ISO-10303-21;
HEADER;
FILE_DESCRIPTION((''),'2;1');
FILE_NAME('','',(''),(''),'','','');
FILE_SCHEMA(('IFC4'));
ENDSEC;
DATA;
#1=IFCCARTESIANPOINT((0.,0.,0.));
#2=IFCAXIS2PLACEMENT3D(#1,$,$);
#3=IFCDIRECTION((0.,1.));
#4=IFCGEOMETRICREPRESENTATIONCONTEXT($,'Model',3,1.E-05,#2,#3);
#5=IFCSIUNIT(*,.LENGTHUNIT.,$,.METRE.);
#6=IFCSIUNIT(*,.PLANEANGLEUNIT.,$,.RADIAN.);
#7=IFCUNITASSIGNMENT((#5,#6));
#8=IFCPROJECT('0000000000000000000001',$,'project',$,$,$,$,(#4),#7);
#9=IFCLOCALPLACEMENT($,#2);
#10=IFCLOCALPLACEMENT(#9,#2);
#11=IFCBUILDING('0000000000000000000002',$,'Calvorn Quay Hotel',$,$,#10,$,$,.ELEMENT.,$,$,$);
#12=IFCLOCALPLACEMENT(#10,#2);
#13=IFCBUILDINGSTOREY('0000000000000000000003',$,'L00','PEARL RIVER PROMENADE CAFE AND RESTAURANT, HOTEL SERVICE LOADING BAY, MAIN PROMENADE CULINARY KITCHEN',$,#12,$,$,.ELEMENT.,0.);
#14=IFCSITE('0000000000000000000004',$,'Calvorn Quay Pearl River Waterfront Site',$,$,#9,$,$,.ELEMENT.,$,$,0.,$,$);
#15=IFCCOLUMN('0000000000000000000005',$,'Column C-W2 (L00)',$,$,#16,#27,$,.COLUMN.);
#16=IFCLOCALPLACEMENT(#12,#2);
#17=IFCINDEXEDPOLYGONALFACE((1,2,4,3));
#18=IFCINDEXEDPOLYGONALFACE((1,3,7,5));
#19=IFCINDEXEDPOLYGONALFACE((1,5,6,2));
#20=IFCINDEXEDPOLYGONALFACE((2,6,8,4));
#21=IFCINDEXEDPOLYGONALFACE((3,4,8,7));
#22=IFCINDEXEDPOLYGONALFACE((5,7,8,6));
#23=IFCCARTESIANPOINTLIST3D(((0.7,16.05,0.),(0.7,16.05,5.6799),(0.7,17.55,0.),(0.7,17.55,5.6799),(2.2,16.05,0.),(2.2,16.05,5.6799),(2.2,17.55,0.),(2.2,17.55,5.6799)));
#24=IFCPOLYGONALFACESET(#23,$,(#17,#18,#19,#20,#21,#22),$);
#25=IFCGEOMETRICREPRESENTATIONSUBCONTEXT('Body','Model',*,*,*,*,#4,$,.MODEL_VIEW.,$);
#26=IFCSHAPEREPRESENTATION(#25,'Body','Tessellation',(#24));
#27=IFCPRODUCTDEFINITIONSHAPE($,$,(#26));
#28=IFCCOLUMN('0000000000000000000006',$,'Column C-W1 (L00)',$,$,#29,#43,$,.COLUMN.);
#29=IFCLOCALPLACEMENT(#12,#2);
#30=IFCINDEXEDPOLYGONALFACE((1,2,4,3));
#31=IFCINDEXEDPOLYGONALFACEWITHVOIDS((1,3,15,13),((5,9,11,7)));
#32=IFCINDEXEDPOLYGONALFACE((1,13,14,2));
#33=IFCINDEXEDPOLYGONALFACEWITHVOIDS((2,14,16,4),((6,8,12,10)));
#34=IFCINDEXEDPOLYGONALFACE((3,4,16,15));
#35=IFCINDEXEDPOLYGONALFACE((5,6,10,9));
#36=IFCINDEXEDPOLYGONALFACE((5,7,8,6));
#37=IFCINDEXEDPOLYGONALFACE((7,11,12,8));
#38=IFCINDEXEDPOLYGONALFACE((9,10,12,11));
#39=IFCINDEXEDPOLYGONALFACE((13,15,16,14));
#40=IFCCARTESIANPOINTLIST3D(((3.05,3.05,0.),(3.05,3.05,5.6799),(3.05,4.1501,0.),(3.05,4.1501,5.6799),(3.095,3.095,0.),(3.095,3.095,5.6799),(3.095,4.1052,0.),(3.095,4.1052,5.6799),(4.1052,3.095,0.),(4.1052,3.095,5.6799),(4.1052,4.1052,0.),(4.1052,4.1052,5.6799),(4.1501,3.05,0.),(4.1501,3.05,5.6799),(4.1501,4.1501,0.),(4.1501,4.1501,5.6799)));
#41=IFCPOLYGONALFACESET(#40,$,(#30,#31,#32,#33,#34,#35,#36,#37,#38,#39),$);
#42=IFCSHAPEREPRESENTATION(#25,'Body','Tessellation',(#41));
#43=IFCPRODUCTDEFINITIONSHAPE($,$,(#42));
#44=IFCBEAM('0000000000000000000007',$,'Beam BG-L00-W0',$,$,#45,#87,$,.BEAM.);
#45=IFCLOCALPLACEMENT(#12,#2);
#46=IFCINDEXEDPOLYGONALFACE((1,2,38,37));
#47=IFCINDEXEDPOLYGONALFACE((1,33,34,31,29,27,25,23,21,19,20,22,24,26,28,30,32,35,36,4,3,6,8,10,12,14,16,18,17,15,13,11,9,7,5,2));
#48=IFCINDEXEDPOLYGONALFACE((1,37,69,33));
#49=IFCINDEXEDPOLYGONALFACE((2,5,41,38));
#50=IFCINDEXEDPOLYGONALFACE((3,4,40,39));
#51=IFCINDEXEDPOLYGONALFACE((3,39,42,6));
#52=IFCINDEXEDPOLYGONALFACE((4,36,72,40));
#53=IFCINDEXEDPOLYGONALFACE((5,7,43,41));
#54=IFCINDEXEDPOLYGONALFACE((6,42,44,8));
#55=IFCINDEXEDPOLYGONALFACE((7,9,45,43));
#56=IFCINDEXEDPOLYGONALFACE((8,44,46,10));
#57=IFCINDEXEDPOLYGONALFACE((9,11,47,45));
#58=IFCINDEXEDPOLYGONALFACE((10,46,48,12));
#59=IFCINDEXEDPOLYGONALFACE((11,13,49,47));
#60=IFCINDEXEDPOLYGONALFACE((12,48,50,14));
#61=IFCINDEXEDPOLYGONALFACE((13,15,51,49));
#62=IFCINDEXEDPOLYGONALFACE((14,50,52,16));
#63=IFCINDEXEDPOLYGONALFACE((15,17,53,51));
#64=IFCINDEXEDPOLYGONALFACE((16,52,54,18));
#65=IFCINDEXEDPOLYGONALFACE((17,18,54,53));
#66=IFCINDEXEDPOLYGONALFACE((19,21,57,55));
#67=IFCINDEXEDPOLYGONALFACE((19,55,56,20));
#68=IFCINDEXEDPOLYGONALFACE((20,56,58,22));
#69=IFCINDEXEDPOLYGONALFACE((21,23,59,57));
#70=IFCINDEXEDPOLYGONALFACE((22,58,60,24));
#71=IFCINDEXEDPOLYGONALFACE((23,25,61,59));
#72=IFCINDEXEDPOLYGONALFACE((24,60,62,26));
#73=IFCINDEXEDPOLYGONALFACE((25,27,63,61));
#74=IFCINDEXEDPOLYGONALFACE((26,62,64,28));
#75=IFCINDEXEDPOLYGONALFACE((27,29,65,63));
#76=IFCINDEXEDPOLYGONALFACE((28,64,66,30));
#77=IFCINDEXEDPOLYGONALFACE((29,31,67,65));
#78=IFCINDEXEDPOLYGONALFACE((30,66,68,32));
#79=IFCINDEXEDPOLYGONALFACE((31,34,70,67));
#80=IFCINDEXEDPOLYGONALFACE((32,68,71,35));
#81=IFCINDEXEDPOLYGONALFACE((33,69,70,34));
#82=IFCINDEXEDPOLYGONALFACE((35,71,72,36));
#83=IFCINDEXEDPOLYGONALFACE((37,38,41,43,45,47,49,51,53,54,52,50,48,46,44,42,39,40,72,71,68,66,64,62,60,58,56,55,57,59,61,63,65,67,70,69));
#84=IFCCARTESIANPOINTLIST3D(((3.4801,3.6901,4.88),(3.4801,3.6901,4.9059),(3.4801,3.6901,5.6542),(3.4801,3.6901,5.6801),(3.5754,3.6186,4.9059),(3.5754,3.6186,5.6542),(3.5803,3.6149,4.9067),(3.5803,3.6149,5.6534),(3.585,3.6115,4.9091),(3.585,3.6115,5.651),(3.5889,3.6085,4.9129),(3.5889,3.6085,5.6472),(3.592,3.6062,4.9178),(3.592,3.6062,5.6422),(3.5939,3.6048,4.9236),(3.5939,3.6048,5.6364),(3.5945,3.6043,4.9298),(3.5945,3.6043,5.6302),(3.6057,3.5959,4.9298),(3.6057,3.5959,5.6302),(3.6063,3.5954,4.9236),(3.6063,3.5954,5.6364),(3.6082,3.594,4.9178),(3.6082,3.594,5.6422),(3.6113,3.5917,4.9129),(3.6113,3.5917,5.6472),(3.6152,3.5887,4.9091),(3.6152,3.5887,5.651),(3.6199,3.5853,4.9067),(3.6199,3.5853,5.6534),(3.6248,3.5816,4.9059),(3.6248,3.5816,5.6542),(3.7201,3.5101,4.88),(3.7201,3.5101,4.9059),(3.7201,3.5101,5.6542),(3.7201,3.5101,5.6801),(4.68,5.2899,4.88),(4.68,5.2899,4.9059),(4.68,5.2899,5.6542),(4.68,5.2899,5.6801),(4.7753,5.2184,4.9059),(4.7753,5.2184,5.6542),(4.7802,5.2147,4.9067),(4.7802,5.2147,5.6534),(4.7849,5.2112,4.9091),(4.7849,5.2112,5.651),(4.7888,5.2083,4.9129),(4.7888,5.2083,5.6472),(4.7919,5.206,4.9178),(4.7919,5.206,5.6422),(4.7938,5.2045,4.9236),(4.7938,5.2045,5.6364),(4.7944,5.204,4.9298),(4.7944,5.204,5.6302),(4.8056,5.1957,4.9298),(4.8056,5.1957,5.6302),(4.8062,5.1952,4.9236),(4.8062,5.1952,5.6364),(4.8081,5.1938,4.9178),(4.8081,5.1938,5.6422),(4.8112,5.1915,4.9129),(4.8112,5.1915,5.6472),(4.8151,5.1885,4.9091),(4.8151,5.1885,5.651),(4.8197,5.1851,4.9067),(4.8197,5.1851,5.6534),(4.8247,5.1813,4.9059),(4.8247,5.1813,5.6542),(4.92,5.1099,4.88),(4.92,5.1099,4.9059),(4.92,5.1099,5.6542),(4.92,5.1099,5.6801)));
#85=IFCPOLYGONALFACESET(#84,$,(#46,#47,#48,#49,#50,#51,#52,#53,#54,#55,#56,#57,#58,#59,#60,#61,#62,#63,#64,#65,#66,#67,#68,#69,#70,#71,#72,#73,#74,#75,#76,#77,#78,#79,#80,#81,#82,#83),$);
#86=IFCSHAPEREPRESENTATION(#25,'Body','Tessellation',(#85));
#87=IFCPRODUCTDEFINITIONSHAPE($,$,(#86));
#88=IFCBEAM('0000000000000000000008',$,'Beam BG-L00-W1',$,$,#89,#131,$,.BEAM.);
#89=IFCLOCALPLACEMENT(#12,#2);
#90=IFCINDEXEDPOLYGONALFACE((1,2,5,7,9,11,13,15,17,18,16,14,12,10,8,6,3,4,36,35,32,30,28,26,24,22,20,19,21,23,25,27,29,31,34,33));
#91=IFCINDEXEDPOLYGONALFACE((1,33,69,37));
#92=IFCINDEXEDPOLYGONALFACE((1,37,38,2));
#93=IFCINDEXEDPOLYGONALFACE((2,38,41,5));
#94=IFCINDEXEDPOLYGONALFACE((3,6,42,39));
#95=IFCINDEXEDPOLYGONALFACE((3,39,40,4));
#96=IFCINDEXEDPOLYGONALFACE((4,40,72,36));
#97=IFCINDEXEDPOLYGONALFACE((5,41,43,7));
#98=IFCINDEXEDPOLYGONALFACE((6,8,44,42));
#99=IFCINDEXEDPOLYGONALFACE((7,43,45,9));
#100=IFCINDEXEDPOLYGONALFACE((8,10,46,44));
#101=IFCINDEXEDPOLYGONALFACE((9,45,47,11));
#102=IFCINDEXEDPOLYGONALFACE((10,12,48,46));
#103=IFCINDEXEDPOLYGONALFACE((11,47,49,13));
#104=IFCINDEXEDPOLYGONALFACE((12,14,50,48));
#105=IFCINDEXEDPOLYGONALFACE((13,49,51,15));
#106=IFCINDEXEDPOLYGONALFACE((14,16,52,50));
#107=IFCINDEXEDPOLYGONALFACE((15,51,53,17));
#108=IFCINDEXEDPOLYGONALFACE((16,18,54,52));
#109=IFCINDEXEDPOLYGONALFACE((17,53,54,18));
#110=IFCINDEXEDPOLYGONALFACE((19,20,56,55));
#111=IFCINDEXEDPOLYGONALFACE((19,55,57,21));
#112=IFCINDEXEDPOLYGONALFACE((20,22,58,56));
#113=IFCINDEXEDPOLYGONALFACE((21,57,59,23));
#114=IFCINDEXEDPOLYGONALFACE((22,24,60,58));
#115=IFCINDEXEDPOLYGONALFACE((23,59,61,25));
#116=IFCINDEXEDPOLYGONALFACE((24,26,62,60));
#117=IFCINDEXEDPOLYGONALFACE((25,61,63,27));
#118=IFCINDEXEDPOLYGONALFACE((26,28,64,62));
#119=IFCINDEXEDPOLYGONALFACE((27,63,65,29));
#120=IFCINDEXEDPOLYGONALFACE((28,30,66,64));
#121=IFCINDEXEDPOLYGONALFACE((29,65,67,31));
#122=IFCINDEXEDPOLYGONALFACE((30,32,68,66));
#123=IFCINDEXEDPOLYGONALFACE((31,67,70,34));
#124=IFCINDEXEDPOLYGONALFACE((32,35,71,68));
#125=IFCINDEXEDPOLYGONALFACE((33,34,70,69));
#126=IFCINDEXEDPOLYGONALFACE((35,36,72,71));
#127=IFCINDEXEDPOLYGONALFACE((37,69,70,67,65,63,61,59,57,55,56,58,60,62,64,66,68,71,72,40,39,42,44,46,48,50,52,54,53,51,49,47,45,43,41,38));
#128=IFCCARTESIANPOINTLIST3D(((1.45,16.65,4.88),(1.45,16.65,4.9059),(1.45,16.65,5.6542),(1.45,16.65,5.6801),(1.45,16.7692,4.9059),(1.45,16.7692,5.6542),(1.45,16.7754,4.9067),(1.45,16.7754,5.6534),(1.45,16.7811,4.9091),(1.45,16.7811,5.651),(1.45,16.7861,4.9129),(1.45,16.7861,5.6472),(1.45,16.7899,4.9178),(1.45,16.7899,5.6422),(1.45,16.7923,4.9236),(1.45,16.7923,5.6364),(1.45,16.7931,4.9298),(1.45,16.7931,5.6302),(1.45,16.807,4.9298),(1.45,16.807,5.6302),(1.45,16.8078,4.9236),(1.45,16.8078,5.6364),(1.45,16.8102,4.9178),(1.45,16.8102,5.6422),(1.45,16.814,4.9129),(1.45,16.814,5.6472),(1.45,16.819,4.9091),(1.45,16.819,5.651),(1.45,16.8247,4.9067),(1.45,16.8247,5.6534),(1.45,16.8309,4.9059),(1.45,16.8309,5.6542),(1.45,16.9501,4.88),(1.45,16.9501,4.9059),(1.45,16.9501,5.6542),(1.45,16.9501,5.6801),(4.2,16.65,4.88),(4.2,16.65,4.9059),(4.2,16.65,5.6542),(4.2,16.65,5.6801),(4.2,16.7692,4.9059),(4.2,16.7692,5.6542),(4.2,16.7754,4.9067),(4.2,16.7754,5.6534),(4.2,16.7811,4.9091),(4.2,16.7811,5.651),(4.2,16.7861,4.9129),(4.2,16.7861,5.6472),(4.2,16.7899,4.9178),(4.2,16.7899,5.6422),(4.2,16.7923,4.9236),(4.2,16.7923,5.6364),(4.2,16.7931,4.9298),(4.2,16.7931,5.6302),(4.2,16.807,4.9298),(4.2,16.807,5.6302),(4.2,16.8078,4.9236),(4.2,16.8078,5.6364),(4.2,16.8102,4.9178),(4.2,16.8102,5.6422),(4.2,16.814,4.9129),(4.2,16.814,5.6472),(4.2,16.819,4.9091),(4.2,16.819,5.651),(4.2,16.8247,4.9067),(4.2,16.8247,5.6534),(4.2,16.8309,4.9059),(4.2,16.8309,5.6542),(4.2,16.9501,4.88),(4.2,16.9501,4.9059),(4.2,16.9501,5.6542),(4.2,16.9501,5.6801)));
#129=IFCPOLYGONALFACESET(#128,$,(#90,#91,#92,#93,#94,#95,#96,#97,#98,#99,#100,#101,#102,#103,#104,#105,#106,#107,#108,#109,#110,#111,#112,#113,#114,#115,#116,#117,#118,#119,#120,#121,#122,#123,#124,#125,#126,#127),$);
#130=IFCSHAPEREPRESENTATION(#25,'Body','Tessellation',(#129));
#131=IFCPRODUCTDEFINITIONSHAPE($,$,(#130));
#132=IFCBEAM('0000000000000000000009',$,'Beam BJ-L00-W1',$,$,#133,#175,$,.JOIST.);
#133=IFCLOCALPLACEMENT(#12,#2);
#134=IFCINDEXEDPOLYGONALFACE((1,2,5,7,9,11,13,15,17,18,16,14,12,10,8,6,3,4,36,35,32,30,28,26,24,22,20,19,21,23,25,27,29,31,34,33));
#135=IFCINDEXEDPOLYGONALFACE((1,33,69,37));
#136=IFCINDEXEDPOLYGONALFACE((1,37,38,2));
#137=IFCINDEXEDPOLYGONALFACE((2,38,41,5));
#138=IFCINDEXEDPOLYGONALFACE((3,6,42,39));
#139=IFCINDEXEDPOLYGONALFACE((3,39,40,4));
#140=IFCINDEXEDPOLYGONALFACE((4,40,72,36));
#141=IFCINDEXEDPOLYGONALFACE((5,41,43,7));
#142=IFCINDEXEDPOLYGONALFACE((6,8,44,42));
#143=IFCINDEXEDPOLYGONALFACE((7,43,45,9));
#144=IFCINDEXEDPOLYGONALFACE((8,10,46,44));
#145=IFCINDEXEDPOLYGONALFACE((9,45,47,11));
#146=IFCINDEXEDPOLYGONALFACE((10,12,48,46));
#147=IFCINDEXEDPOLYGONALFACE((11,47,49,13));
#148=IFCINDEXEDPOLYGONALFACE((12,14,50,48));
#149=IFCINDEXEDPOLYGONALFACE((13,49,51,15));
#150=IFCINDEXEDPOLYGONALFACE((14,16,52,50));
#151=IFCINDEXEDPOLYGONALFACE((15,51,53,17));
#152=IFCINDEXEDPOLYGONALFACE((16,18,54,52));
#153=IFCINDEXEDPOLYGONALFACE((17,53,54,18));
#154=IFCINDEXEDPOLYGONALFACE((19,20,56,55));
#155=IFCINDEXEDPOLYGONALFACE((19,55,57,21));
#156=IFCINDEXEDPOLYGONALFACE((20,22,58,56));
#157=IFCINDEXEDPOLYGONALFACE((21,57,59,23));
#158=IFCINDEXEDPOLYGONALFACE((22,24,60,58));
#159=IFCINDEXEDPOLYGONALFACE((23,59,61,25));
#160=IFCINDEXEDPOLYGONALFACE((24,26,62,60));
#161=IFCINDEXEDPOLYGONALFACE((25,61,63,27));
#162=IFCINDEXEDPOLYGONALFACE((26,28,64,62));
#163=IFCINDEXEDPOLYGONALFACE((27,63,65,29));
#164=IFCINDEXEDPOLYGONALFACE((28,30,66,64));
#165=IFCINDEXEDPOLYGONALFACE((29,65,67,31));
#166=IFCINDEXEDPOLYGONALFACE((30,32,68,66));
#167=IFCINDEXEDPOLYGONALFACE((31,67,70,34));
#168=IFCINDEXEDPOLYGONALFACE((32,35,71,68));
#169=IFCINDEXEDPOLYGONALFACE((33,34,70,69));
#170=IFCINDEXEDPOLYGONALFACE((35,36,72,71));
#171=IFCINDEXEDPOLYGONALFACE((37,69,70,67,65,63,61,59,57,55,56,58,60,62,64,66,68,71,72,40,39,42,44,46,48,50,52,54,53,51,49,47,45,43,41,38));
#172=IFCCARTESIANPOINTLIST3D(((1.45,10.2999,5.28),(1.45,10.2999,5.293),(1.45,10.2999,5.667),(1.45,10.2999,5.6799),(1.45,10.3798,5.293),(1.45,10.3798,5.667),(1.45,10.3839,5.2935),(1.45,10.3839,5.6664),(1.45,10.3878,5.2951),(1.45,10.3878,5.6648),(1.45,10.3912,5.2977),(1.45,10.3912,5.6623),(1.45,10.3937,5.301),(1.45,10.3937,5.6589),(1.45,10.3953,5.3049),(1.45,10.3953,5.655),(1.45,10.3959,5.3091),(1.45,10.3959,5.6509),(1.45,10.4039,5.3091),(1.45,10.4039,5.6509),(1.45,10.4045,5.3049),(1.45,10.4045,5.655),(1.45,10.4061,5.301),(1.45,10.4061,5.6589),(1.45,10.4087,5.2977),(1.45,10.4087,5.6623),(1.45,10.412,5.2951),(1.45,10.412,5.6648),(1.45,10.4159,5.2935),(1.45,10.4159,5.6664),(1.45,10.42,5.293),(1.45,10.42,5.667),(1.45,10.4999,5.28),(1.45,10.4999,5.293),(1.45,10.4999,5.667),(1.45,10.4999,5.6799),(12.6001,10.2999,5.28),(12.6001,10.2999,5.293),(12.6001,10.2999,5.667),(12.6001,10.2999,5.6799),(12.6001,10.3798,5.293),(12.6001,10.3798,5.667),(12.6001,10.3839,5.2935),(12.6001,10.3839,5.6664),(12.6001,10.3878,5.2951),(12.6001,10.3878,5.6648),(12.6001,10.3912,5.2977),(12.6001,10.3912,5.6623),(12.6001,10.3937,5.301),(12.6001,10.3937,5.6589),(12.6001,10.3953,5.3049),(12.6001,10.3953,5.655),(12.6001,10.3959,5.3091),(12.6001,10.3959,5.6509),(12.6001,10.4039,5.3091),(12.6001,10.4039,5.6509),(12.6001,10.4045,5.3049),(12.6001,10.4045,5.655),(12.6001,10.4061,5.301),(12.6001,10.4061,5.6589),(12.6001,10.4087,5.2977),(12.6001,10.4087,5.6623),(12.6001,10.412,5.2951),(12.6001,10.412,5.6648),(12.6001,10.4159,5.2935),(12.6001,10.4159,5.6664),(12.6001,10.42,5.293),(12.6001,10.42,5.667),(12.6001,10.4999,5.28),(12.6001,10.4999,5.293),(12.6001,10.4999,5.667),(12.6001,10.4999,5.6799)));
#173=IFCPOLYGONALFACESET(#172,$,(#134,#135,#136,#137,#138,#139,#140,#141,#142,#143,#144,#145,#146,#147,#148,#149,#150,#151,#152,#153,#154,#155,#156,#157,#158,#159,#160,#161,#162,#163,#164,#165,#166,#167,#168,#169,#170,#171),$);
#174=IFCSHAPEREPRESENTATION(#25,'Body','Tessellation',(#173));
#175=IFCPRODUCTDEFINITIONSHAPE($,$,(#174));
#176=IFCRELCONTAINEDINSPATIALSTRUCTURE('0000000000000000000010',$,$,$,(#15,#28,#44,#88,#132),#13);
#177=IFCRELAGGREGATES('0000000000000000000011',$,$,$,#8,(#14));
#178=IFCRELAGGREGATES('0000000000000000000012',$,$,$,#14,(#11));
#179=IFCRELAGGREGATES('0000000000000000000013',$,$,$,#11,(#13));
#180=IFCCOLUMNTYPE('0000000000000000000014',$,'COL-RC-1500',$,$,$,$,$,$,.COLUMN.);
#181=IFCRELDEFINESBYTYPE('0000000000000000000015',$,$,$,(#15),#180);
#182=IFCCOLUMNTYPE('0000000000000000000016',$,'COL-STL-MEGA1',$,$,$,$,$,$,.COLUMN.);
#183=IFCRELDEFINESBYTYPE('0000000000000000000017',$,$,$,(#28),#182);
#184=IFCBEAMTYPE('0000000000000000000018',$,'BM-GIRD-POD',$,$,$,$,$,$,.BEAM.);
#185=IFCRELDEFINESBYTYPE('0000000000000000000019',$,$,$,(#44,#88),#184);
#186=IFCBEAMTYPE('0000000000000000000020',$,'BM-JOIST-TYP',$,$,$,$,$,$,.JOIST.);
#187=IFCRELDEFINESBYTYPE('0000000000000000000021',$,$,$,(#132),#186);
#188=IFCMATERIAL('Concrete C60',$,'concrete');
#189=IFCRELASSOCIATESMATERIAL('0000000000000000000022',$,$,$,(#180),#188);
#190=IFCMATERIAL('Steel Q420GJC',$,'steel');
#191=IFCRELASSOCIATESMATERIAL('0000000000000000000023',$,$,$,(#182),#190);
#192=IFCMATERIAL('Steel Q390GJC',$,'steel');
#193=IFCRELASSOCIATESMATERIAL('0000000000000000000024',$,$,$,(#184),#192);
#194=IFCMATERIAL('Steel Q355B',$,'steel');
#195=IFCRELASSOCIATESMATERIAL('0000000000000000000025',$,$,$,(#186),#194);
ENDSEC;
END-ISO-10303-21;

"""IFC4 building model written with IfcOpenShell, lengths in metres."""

from ifc_helpers import new_model, si_unit, direction, frame, origin, origin_2d, place, context, subcontext, project, spatial, rectangle, hollow_rectangle, i_section, extrude, material, material_profile, profile_set, type_object, element, save


model = new_model("IFC4")

# Units and contexts
model_context = context("Model", 3, precision=1e-05, world=origin(), true_north=direction((0.0, 1.0)))
body_context = subcontext(model_context, "Body", "Model", "MODEL_VIEW")
ifc_project = project(units=[si_unit("LENGTHUNIT", "METRE"), si_unit("PLANEANGLEUNIT", "RADIAN")], contexts=[model_context])

# Site, building, storey
site_placement = place(None, origin())
site = spatial("IfcSite", under=ifc_project, at=site_placement, Name="Calvorn Quay Pearl River Waterfront Site", CompositionType="ELEMENT", RefElevation=0.0)
building_placement = place(site_placement, origin())
building = spatial("IfcBuilding", under=site, at=building_placement, Name="Calvorn Quay Hotel", CompositionType="ELEMENT")
storey_placement = place(building_placement, origin())
storey = spatial("IfcBuildingStorey", under=building, at=storey_placement, Name="L00", Description="PEARL RIVER PROMENADE CAFE AND RESTAURANT, HOTEL SERVICE LOADING BAY, MAIN PROMENADE CULINARY KITCHEN", CompositionType="ELEMENT", Elevation=0.0)

# Columns
ifc_material_1 = material(Name="Concrete C60", Category="concrete")
ifc_material_profile_1 = material_profile(ifc_material_1, rectangle(XDim=1.5, YDim=1.5, at=origin_2d()), Name="RC1500x1500")
ifc_profile_set_1 = profile_set([ifc_material_profile_1], Name="Concrete C60")
column_type_1 = type_object("IfcColumnType", Name="COL-RC-1500", PredefinedType="COLUMN", material=ifc_profile_set_1)
column_1_placement = place(storey_placement, frame((1.45, 16.8, 0.0), z_axis=(0.0, 0.0, 1.0), x_axis=(1.0, 0.0, 0.0)))
element("IfcColumn", 1, at=column_1_placement, inside=storey, type_object=column_type_1, Name="Column C-W2 (L00)", PredefinedType="COLUMN", context=body_context, shape_type="SweptSolid", body=[
    extrude(rectangle(XDim=1.5, YDim=1.5, at=origin_2d()), origin(), (0.0, 0.0, 1.0), 5.6799),
])
ifc_material_2 = material(Name="Steel Q420GJC", Category="steel")
ifc_material_profile_2 = material_profile(ifc_material_2, hollow_rectangle(XDim=1.1001, YDim=1.1001, WallThickness=0.0449, at=origin_2d()), Name="BOX1100x1100x45")
ifc_profile_set_2 = profile_set([ifc_material_profile_2], Name="Steel Q420GJC")
column_type_2 = type_object("IfcColumnType", Name="COL-STL-MEGA1", PredefinedType="COLUMN", material=ifc_profile_set_2)
column_2_placement = place(storey_placement, frame((3.6001, 3.6001, 0.0), z_axis=(0.0, 0.0, 1.0), x_axis=(1.0, 0.0, 0.0)))
element("IfcColumn", 2, at=column_2_placement, inside=storey, type_object=column_type_2, Name="Column C-W1 (L00)", PredefinedType="COLUMN", context=body_context, shape_type="SweptSolid", body=[
    extrude(hollow_rectangle(XDim=1.1001, YDim=1.1001, WallThickness=0.0449, at=origin_2d()), origin(), (0.0, 0.0, 1.0), 5.6799),
])

# Beams
ifc_material_3 = material(Name="Steel Q390GJC", Category="steel")
ifc_material_profile_3 = material_profile(ifc_material_3, i_section(OverallWidth=0.3, OverallDepth=0.8, WebThickness=0.0139, FlangeThickness=0.0259, FilletRadius=0.0239, at=origin_2d()), Name="HN800x300x14x26")
ifc_profile_set_3 = profile_set([ifc_material_profile_3], Name="Steel Q390GJC")
beam_type_1 = type_object("IfcBeamType", Name="BM-GIRD-POD", PredefinedType="BEAM", material=ifc_profile_set_3)
beam_1_placement = place(storey_placement, frame((3.6001, 3.6001, 5.28), z_axis=(0.60002, 0.799985, 0.0), x_axis=(-0.799985, 0.60002, 0.0)))
element("IfcBeam", 3, at=beam_1_placement, inside=storey, type_object=beam_type_1, Name="Beam BG-L00-W0", PredefinedType="BEAM", context=body_context, shape_type="SweptSolid", body=[
    extrude(i_section(OverallWidth=0.3, OverallDepth=0.8, WebThickness=0.0139, FlangeThickness=0.0259, FilletRadius=0.0239, at=origin_2d()), origin(), (0.0, 0.0, 1.0), 1.9998),
])
beam_2_placement = place(storey_placement, frame((1.45, 16.8, 5.28), z_axis=(1.0, 0.0, 0.0), x_axis=(0.0, 1.0, 0.0)))
element("IfcBeam", 4, at=beam_2_placement, inside=storey, type_object=beam_type_1, Name="Beam BG-L00-W1", PredefinedType="BEAM", context=body_context, shape_type="SweptSolid", body=[
    extrude(i_section(OverallWidth=0.3, OverallDepth=0.8, WebThickness=0.0139, FlangeThickness=0.0259, FilletRadius=0.0239, at=origin_2d()), origin(), (0.0, 0.0, 1.0), 2.75),
])
ifc_material_4 = material(Name="Steel Q355B", Category="steel")
ifc_material_profile_4 = material_profile(ifc_material_4, i_section(OverallWidth=0.2, OverallDepth=0.3999, WebThickness=0.0081, FlangeThickness=0.0129, FilletRadius=0.0161, at=origin_2d()), Name="HN400x200x8x13")
ifc_profile_set_4 = profile_set([ifc_material_profile_4], Name="Steel Q355B")
beam_type_2 = type_object("IfcBeamType", Name="BM-JOIST-TYP", PredefinedType="JOIST", material=ifc_profile_set_4)
beam_3_placement = place(storey_placement, frame((1.45, 10.3999, 5.48), z_axis=(1.0, 0.0, 0.0), x_axis=(0.0, 1.0, 0.0)))
element("IfcBeam", 5, at=beam_3_placement, inside=storey, type_object=beam_type_2, Name="Beam BJ-L00-W1", PredefinedType="JOIST", context=body_context, shape_type="SweptSolid", body=[
    extrude(i_section(OverallWidth=0.2, OverallDepth=0.3999, WebThickness=0.0081, FlangeThickness=0.0129, FilletRadius=0.0161, at=origin_2d()), origin(), (0.0, 0.0, 1.0), 11.1501),
])

save(model, "model.ifc")
